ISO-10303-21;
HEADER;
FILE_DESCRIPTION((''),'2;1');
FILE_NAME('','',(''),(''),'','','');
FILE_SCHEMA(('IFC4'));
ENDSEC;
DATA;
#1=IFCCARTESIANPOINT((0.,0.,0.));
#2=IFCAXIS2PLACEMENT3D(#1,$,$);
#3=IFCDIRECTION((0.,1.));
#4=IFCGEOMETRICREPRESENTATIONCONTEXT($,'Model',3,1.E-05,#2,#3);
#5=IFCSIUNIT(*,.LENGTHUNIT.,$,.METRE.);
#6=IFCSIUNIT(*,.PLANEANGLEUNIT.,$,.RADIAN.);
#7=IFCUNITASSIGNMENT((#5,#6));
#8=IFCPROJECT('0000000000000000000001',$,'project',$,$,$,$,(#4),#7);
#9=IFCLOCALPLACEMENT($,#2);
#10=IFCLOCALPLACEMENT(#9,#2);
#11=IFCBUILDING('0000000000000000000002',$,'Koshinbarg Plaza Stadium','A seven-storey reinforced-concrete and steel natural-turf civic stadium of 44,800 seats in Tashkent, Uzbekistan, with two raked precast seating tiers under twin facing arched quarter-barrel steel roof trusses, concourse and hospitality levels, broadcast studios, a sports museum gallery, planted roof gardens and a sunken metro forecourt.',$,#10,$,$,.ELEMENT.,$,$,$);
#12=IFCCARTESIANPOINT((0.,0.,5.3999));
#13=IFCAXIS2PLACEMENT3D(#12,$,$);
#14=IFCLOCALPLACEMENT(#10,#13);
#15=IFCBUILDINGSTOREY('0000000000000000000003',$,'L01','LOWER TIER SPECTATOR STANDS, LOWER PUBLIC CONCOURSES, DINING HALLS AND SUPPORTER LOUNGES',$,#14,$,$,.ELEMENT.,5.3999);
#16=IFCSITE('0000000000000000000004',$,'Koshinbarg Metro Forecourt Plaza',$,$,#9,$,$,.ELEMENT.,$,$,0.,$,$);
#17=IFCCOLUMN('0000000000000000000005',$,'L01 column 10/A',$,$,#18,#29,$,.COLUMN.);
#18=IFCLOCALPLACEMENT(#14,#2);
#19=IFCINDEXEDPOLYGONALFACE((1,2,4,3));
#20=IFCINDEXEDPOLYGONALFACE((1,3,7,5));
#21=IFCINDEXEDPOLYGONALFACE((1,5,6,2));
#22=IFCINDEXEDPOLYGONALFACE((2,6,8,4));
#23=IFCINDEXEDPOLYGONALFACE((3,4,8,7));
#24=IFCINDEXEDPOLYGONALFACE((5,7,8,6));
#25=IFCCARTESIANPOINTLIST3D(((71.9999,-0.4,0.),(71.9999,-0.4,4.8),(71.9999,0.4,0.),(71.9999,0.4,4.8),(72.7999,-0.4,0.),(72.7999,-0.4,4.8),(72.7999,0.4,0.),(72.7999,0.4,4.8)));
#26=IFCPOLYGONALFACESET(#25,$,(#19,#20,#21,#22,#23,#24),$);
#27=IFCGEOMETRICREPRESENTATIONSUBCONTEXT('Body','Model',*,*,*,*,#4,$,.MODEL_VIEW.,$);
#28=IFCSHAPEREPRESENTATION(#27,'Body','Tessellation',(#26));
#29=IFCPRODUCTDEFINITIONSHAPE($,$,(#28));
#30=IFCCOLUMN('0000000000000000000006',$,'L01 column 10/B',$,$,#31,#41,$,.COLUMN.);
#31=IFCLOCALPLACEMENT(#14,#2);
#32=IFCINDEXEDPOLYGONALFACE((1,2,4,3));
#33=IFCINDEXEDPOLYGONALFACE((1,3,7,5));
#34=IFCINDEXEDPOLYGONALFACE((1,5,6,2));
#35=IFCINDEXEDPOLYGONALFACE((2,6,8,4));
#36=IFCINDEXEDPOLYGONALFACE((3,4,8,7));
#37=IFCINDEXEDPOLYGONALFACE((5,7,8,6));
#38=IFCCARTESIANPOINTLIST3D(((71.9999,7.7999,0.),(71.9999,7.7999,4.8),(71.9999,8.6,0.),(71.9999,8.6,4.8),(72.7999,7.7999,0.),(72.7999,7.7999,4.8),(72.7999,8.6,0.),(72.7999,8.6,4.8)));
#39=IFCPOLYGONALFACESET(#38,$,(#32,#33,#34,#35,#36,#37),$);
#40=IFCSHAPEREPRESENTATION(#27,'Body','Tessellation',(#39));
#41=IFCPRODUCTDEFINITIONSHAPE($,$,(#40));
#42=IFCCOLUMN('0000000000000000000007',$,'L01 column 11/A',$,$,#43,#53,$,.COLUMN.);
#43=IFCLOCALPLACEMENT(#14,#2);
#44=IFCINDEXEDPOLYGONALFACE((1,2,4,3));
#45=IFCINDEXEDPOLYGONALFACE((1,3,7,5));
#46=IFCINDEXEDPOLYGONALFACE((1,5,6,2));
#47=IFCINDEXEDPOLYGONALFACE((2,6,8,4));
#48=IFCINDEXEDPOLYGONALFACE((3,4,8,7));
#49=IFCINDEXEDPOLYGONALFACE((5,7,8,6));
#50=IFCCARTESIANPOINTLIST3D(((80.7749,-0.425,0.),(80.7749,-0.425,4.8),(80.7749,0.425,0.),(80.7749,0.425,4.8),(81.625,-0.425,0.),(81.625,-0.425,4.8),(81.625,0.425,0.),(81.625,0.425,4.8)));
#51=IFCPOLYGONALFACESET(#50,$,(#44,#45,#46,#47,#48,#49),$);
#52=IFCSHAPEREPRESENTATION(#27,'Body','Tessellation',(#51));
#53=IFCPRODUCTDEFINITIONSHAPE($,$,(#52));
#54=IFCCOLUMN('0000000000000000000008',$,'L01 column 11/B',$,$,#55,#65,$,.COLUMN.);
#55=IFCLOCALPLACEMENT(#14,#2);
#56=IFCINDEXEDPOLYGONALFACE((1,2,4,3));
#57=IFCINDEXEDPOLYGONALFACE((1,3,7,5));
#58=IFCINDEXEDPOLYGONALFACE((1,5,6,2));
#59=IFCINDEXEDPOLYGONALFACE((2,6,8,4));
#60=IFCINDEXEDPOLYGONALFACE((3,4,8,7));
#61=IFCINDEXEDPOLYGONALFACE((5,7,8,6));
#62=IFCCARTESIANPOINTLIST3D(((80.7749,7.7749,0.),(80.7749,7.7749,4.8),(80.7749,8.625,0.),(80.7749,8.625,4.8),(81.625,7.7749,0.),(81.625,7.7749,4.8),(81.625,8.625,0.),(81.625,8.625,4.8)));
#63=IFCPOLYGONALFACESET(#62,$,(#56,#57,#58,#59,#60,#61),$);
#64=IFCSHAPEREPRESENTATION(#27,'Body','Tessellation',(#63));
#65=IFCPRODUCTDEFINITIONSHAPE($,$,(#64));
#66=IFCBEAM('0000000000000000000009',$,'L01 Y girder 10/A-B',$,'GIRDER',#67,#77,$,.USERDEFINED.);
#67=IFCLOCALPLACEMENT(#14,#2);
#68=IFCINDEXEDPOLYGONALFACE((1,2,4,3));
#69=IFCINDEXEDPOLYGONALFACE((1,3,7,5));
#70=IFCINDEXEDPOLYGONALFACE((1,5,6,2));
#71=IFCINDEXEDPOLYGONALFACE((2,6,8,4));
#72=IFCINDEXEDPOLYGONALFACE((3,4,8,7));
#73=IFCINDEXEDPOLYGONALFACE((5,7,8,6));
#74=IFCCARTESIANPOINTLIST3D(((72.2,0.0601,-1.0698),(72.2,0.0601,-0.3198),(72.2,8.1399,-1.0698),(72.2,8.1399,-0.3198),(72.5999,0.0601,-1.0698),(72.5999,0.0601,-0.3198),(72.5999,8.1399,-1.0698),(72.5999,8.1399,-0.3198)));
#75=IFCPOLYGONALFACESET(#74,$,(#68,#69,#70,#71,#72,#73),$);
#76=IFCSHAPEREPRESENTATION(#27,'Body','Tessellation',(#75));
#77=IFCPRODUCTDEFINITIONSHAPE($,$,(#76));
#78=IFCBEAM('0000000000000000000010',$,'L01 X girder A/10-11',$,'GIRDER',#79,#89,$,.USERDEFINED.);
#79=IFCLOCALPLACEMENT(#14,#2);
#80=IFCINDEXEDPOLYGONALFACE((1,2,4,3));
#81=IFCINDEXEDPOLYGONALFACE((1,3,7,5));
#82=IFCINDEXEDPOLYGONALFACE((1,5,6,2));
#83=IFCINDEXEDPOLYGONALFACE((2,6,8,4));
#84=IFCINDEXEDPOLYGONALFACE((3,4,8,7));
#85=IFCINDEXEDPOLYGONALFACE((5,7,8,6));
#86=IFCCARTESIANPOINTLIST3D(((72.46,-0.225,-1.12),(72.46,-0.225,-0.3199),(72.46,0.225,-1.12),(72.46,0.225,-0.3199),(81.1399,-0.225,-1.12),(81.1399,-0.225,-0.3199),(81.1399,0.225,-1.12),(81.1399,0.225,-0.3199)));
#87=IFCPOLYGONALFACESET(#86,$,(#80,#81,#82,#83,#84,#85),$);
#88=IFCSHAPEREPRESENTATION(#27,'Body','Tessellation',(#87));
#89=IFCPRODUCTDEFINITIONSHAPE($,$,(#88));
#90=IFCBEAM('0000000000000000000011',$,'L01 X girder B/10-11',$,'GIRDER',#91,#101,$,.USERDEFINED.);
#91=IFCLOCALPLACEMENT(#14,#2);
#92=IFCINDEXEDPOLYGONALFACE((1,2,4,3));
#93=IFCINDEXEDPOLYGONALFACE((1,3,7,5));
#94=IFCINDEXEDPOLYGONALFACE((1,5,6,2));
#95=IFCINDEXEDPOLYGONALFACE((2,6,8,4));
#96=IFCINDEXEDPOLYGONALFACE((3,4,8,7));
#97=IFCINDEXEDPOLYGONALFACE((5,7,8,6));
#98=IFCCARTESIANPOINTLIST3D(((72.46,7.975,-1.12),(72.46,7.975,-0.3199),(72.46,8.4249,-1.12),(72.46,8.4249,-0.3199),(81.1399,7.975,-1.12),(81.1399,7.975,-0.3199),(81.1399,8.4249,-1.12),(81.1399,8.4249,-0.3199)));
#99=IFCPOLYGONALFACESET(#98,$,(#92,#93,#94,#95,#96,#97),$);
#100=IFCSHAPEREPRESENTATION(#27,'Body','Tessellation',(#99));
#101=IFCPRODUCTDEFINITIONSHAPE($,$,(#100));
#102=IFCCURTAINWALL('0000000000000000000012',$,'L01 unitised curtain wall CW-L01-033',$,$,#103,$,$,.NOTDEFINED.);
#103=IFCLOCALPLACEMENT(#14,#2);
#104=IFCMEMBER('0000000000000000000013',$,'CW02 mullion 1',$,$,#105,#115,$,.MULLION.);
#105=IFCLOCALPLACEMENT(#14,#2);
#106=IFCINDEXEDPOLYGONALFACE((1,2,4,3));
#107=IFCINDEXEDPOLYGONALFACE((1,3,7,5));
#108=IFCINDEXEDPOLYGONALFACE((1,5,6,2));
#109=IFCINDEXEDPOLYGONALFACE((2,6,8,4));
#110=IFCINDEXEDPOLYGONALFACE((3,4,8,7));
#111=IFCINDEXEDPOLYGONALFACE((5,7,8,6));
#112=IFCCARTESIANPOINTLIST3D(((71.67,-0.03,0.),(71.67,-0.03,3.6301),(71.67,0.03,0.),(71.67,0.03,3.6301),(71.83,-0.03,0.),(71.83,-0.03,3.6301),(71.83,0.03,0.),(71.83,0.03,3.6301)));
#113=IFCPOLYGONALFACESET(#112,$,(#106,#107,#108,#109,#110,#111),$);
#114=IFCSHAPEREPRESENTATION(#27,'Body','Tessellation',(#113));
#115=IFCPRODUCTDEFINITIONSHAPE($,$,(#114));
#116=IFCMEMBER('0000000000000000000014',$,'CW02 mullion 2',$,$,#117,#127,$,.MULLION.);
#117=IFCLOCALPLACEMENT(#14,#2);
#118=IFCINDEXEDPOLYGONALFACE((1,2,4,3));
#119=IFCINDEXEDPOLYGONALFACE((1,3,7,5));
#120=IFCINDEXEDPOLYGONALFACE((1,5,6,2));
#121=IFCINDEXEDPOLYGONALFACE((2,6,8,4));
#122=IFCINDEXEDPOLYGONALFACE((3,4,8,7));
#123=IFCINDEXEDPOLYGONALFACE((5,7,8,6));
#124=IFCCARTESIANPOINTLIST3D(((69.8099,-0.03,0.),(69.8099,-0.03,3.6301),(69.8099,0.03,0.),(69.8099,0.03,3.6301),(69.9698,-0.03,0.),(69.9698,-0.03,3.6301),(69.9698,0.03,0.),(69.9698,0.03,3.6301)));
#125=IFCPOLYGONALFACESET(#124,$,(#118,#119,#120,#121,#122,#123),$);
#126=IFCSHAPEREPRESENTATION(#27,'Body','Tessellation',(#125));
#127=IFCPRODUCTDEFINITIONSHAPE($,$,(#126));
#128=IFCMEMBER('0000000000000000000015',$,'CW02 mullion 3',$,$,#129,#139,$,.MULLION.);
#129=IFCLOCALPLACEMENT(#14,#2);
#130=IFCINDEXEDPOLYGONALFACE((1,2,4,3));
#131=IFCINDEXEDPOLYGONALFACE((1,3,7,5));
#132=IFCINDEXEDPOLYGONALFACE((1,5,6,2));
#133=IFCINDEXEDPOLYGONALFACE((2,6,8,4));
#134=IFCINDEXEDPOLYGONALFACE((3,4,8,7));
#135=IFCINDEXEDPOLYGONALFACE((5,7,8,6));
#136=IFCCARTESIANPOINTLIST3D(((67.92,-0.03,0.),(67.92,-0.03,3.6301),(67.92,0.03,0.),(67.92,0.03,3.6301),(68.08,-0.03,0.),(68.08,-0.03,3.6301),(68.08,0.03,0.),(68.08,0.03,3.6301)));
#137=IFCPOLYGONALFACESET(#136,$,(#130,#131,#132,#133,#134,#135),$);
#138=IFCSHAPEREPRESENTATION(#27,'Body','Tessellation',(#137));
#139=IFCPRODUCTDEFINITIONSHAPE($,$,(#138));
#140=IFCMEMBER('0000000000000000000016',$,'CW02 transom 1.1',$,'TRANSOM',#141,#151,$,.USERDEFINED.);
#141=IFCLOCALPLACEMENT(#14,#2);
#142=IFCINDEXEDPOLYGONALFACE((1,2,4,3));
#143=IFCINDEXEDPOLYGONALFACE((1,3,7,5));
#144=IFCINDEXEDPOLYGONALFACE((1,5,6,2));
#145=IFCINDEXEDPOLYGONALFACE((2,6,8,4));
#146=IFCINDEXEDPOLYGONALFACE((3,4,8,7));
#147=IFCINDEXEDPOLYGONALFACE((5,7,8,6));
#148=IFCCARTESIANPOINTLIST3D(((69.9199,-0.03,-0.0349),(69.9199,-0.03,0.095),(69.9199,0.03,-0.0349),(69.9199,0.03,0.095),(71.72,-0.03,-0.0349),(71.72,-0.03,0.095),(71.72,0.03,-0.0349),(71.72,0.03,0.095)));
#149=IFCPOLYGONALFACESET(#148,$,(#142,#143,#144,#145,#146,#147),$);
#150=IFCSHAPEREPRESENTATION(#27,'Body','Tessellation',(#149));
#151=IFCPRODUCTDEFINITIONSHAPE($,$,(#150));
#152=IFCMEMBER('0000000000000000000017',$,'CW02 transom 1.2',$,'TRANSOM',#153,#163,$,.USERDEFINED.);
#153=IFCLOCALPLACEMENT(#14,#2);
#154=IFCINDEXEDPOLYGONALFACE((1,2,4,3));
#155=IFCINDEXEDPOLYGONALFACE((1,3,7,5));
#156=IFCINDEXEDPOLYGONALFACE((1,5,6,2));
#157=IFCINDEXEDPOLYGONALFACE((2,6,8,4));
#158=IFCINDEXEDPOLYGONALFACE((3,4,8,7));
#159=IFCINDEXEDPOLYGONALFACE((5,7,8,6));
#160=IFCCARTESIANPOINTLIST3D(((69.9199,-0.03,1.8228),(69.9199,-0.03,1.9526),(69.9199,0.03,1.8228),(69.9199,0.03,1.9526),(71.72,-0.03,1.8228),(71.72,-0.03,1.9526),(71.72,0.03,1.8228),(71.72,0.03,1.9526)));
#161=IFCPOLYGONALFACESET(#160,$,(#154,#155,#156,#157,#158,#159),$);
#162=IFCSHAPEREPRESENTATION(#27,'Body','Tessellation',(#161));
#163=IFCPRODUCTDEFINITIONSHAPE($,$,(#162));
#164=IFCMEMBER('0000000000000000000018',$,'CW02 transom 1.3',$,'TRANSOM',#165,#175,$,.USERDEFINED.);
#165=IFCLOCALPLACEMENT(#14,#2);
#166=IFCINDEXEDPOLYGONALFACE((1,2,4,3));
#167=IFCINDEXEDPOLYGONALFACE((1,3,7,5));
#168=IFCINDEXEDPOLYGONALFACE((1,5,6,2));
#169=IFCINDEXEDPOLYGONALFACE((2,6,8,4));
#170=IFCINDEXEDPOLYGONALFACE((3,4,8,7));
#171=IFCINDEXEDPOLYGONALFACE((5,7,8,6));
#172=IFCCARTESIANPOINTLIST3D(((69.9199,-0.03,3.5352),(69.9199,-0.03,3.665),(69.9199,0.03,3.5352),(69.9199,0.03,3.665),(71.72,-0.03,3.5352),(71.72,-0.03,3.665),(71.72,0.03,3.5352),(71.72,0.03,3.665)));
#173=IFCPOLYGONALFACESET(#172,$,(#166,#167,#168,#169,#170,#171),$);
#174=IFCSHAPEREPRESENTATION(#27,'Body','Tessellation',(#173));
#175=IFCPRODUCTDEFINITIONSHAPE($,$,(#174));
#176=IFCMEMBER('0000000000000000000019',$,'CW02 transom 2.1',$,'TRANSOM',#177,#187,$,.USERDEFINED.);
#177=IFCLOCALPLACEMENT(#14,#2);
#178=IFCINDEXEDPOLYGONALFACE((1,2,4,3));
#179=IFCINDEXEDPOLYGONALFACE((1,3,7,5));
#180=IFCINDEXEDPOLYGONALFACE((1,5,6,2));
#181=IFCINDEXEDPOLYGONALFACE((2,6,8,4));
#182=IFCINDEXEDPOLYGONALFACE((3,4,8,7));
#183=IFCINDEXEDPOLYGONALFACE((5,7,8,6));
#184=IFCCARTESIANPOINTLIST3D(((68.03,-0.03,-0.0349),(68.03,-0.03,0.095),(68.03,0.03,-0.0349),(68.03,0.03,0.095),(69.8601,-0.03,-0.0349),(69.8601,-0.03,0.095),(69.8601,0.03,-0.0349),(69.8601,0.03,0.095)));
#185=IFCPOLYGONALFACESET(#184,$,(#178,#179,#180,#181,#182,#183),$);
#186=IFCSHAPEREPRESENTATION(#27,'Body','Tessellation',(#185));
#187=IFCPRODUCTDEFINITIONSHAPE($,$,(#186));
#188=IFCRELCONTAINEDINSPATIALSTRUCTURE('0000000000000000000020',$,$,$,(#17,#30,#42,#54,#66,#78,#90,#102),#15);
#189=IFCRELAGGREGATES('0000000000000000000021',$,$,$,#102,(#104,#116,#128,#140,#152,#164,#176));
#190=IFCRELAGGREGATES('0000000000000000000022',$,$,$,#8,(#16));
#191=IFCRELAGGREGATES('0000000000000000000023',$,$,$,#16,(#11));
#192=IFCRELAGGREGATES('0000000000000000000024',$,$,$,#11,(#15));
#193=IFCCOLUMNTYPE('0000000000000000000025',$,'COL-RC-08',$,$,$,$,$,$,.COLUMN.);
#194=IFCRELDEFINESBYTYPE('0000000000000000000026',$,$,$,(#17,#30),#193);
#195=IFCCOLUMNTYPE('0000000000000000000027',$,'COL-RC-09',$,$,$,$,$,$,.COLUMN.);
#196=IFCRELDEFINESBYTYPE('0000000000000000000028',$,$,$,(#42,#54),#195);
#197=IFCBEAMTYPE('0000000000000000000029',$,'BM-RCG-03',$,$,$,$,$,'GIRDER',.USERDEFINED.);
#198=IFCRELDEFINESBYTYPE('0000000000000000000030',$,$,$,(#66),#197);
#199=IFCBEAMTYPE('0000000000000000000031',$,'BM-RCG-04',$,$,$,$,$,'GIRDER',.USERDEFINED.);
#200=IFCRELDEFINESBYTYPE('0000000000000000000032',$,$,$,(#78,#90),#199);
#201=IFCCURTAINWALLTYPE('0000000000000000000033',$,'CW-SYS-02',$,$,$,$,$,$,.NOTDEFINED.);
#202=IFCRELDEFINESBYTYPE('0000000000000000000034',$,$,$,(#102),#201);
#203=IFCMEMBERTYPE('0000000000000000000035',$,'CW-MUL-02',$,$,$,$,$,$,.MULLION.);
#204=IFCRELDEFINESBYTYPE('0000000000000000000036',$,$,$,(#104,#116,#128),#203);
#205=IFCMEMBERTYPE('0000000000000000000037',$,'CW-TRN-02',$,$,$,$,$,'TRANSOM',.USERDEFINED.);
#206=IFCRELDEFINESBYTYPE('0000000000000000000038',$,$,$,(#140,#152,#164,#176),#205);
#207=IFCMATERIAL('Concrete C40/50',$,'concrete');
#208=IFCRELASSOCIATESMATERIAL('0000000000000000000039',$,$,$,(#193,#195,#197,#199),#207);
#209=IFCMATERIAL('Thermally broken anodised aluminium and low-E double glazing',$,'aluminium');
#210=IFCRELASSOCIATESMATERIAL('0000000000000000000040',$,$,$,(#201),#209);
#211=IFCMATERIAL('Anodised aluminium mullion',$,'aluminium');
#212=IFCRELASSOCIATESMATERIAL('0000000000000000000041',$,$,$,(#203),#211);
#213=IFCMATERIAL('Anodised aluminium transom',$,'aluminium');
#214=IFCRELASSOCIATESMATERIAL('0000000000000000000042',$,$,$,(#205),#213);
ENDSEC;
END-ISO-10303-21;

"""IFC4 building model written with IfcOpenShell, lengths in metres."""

from ifc_helpers import new_model, si_unit, direction, frame, origin, origin_2d, place, context, subcontext, project, spatial, rectangle, extrude, material, material_profile, profile_set, type_object, element, aggregate, save


model = new_model("IFC4")

# Units and contexts
model_context = context("Model", 3, precision=1e-05, world=origin(), true_north=direction((0.0, 1.0)))
body_context = subcontext(model_context, "Body", "Model", "MODEL_VIEW")
ifc_project = project(units=[si_unit("LENGTHUNIT", "METRE"), si_unit("PLANEANGLEUNIT", "RADIAN")], contexts=[model_context])

# Site, building, storey
site_placement = place(None, origin())
site = spatial("IfcSite", under=ifc_project, at=site_placement, Name="Koshinbarg Metro Forecourt Plaza", CompositionType="ELEMENT", RefElevation=0.0)
building_placement = place(site_placement, origin())
building = spatial("IfcBuilding", under=site, at=building_placement, Name="Koshinbarg Plaza Stadium", Description="A seven-storey reinforced-concrete and steel natural-turf civic stadium of 44,800 seats in Tashkent, Uzbekistan, with two raked precast seating tiers under twin facing arched quarter-barrel steel roof trusses, concourse and hospitality levels, broadcast studios, a sports museum gallery, planted roof gardens and a sunken metro forecourt.", CompositionType="ELEMENT")
storey_placement = place(building_placement, frame((0.0, 0.0, 5.3999)))
storey = spatial("IfcBuildingStorey", under=building, at=storey_placement, Name="L01", Description="LOWER TIER SPECTATOR STANDS, LOWER PUBLIC CONCOURSES, DINING HALLS AND SUPPORTER LOUNGES", CompositionType="ELEMENT", Elevation=5.3999)

# Columns
ifc_material_1 = material(Name="Concrete C40/50", Category="concrete")
ifc_material_profile_1 = material_profile(ifc_material_1, rectangle(XDim=0.8, YDim=0.8, at=origin_2d()), Name="RC 800x800")
ifc_profile_set_1 = profile_set([ifc_material_profile_1], Name="Concrete C40/50")
column_type_1 = type_object("IfcColumnType", Name="COL-RC-08", PredefinedType="COLUMN", material=ifc_profile_set_1)
for number, where, z_axis, x_axis, name in (
    (1, (72.3999, 0.0, 0.0), (0.0, 0.0, 1.0), (1.0, 0.0, 0.0), "L01 column 10/A"),
    (2, (72.3999, 8.2, 0.0), (0.0, 0.0, 1.0), (1.0, 0.0, 0.0), "L01 column 10/B"),
):
    element("IfcColumn", number, at=place(storey_placement, frame(where, z_axis=z_axis, x_axis=x_axis)), inside=storey, type_object=column_type_1, Name=name, PredefinedType="COLUMN", context=body_context, shape_type="SweptSolid", body=[
        extrude(rectangle(XDim=0.8, YDim=0.8, at=origin_2d()), origin(), (0.0, 0.0, 1.0), 4.8),
    ])
ifc_material_profile_2 = material_profile(ifc_material_1, rectangle(XDim=0.8501, YDim=0.8501, at=origin_2d()), Name="RC 850x850")
ifc_profile_set_2 = profile_set([ifc_material_profile_2], Name="Concrete C40/50")
column_type_2 = type_object("IfcColumnType", Name="COL-RC-09", PredefinedType="COLUMN", material=ifc_profile_set_2)
for number, where, z_axis, x_axis, name in (
    (3, (81.2, 0.0, 0.0), (0.0, 0.0, 1.0), (1.0, 0.0, 0.0), "L01 column 11/A"),
    (4, (81.2, 8.2, 0.0), (0.0, 0.0, 1.0), (1.0, 0.0, 0.0), "L01 column 11/B"),
):
    element("IfcColumn", number, at=place(storey_placement, frame(where, z_axis=z_axis, x_axis=x_axis)), inside=storey, type_object=column_type_2, Name=name, PredefinedType="COLUMN", context=body_context, shape_type="SweptSolid", body=[
        extrude(rectangle(XDim=0.8501, YDim=0.8501, at=origin_2d()), origin(), (0.0, 0.0, 1.0), 4.8),
    ])

# Beams
ifc_material_profile_3 = material_profile(ifc_material_1, rectangle(XDim=0.3999, YDim=0.75, at=origin_2d()), Name="RC 400x750")
ifc_profile_set_3 = profile_set([ifc_material_profile_3], Name="Concrete C40/50")
beam_type_1 = type_object("IfcBeamType", Name="BM-RCG-03", ElementType="GIRDER", PredefinedType="USERDEFINED", material=ifc_profile_set_3)
beam_placement = place(storey_placement, frame((72.3999, 0.0601, -0.6948), z_axis=(0.0, 1.0, 0.0), x_axis=(-1.0, 0.0, 0.0)))
element("IfcBeam", 5, at=beam_placement, inside=storey, type_object=beam_type_1, Name="L01 Y girder 10/A-B", ObjectType="GIRDER", PredefinedType="USERDEFINED", context=body_context, shape_type="SweptSolid", body=[
    extrude(rectangle(XDim=0.3999, YDim=0.75, at=origin_2d()), origin(), (0.0, 0.0, 1.0), 8.0798),
])
ifc_material_profile_4 = material_profile(ifc_material_1, rectangle(XDim=0.45, YDim=0.8, at=origin_2d()), Name="RC 450x800")
ifc_profile_set_4 = profile_set([ifc_material_profile_4], Name="Concrete C40/50")
beam_type_2 = type_object("IfcBeamType", Name="BM-RCG-04", ElementType="GIRDER", PredefinedType="USERDEFINED", material=ifc_profile_set_4)
for number, where, z_axis, x_axis, name in (
    (6, (72.46, 0.0, -0.72), (1.0, 0.0, 0.0), (0.0, 1.0, 0.0), "L01 X girder A/10-11"),
    (7, (72.46, 8.2, -0.72), (1.0, 0.0, 0.0), (0.0, 1.0, 0.0), "L01 X girder B/10-11"),
):
    element("IfcBeam", number, at=place(storey_placement, frame(where, z_axis=z_axis, x_axis=x_axis)), inside=storey, type_object=beam_type_2, Name=name, ObjectType="GIRDER", PredefinedType="USERDEFINED", context=body_context, shape_type="SweptSolid", body=[
        extrude(rectangle(XDim=0.45, YDim=0.8, at=origin_2d()), origin(), (0.0, 0.0, 1.0), 8.6799),
    ])

# Curtain wall, members
ifc_material_2 = material(Name="Thermally broken anodised aluminium and low-E double glazing", Category="aluminium")
curtain_wall_type = type_object("IfcCurtainWallType", Name="CW-SYS-02", PredefinedType="NOTDEFINED", material=ifc_material_2)
curtain_wall_placement = place(storey_placement, origin())
curtain_wall = element("IfcCurtainWall", 8, at=curtain_wall_placement, inside=storey, type_object=curtain_wall_type, Name="L01 unitised curtain wall CW-L01-033", PredefinedType="NOTDEFINED")
ifc_material_3 = material(Name="Anodised aluminium mullion", Category="aluminium")
ifc_material_profile_5 = material_profile(ifc_material_3, rectangle(XDim=0.0601, YDim=0.1599, at=origin_2d()), Name="ALU 60x160")
ifc_profile_set_5 = profile_set([ifc_material_profile_5], Name="Anodised aluminium mullion")
member_type_1 = type_object("IfcMemberType", Name="CW-MUL-02", PredefinedType="MULLION", material=ifc_profile_set_5)
member_1_placement = place(storey_placement, frame((71.75, 0.0, 0.0), z_axis=(0.0, 0.0, 1.0), x_axis=(0.0, -1.0, 0.0)))
member_1 = element("IfcMember", 9, at=member_1_placement, type_object=member_type_1, Name="CW02 mullion 1", PredefinedType="MULLION", context=body_context, shape_type="SweptSolid", body=[
    extrude(rectangle(XDim=0.0601, YDim=0.1599, at=origin_2d()), origin(), (0.0, 0.0, 1.0), 3.6301),
])
member_2_placement = place(storey_placement, frame((69.8899, 0.0, 0.0), z_axis=(0.0, 0.0, 1.0), x_axis=(0.0, -1.0, 0.0)))
member_2 = element("IfcMember", 10, at=member_2_placement, type_object=member_type_1, Name="CW02 mullion 2", PredefinedType="MULLION", context=body_context, shape_type="SweptSolid", body=[
    extrude(rectangle(XDim=0.0601, YDim=0.1599, at=origin_2d()), origin(), (0.0, 0.0, 1.0), 3.6301),
])
member_3_placement = place(storey_placement, frame((68.0, 0.0, 0.0), z_axis=(0.0, 0.0, 1.0), x_axis=(0.0, -1.0, 0.0)))
member_3 = element("IfcMember", 11, at=member_3_placement, type_object=member_type_1, Name="CW02 mullion 3", PredefinedType="MULLION", context=body_context, shape_type="SweptSolid", body=[
    extrude(rectangle(XDim=0.0601, YDim=0.1599, at=origin_2d()), origin(), (0.0, 0.0, 1.0), 3.6301),
])
ifc_material_4 = material(Name="Anodised aluminium transom", Category="aluminium")
ifc_material_profile_6 = material_profile(ifc_material_4, rectangle(XDim=0.0601, YDim=0.1299, at=origin_2d()), Name="ALU 60x130")
ifc_profile_set_6 = profile_set([ifc_material_profile_6], Name="Anodised aluminium transom")
member_type_2 = type_object("IfcMemberType", Name="CW-TRN-02", ElementType="TRANSOM", PredefinedType="USERDEFINED", material=ifc_profile_set_6)
member_4_placement = place(storey_placement, frame((71.72, 0.0, 0.03), z_axis=(-1.0, 0.0, 0.0), x_axis=(0.0, -1.0, 0.0)))
member_4 = element("IfcMember", 12, at=member_4_placement, type_object=member_type_2, Name="CW02 transom 1.1", ObjectType="TRANSOM", PredefinedType="USERDEFINED", context=body_context, shape_type="SweptSolid", body=[
    extrude(rectangle(XDim=0.0601, YDim=0.1299, at=origin_2d()), origin(), (0.0, 0.0, 1.0), 1.8),
])
member_5_placement = place(storey_placement, frame((71.72, 0.0, 1.8877), z_axis=(-1.0, 0.0, 0.0), x_axis=(0.0, -1.0, 0.0)))
member_5 = element("IfcMember", 13, at=member_5_placement, type_object=member_type_2, Name="CW02 transom 1.2", ObjectType="TRANSOM", PredefinedType="USERDEFINED", context=body_context, shape_type="SweptSolid", body=[
    extrude(rectangle(XDim=0.0601, YDim=0.1299, at=origin_2d()), origin(), (0.0, 0.0, 1.0), 1.8),
])
member_6_placement = place(storey_placement, frame((71.72, 0.0, 3.6001), z_axis=(-1.0, 0.0, 0.0), x_axis=(0.0, -1.0, 0.0)))
member_6 = element("IfcMember", 14, at=member_6_placement, type_object=member_type_2, Name="CW02 transom 1.3", ObjectType="TRANSOM", PredefinedType="USERDEFINED", context=body_context, shape_type="SweptSolid", body=[
    extrude(rectangle(XDim=0.0601, YDim=0.1299, at=origin_2d()), origin(), (0.0, 0.0, 1.0), 1.8),
])
member_7_placement = place(storey_placement, frame((69.8601, 0.0, 0.03), z_axis=(-1.0, 0.0, 0.0), x_axis=(0.0, -1.0, 0.0)))
member_7 = element("IfcMember", 15, at=member_7_placement, type_object=member_type_2, Name="CW02 transom 2.1", ObjectType="TRANSOM", PredefinedType="USERDEFINED", context=body_context, shape_type="SweptSolid", body=[
    extrude(rectangle(XDim=0.0601, YDim=0.1299, at=origin_2d()), origin(), (0.0, 0.0, 1.0), 1.8301),
])
aggregate(curtain_wall, [member_1, member_2, member_3, member_4, member_5, member_6, member_7])

save(model, "model.ifc")
